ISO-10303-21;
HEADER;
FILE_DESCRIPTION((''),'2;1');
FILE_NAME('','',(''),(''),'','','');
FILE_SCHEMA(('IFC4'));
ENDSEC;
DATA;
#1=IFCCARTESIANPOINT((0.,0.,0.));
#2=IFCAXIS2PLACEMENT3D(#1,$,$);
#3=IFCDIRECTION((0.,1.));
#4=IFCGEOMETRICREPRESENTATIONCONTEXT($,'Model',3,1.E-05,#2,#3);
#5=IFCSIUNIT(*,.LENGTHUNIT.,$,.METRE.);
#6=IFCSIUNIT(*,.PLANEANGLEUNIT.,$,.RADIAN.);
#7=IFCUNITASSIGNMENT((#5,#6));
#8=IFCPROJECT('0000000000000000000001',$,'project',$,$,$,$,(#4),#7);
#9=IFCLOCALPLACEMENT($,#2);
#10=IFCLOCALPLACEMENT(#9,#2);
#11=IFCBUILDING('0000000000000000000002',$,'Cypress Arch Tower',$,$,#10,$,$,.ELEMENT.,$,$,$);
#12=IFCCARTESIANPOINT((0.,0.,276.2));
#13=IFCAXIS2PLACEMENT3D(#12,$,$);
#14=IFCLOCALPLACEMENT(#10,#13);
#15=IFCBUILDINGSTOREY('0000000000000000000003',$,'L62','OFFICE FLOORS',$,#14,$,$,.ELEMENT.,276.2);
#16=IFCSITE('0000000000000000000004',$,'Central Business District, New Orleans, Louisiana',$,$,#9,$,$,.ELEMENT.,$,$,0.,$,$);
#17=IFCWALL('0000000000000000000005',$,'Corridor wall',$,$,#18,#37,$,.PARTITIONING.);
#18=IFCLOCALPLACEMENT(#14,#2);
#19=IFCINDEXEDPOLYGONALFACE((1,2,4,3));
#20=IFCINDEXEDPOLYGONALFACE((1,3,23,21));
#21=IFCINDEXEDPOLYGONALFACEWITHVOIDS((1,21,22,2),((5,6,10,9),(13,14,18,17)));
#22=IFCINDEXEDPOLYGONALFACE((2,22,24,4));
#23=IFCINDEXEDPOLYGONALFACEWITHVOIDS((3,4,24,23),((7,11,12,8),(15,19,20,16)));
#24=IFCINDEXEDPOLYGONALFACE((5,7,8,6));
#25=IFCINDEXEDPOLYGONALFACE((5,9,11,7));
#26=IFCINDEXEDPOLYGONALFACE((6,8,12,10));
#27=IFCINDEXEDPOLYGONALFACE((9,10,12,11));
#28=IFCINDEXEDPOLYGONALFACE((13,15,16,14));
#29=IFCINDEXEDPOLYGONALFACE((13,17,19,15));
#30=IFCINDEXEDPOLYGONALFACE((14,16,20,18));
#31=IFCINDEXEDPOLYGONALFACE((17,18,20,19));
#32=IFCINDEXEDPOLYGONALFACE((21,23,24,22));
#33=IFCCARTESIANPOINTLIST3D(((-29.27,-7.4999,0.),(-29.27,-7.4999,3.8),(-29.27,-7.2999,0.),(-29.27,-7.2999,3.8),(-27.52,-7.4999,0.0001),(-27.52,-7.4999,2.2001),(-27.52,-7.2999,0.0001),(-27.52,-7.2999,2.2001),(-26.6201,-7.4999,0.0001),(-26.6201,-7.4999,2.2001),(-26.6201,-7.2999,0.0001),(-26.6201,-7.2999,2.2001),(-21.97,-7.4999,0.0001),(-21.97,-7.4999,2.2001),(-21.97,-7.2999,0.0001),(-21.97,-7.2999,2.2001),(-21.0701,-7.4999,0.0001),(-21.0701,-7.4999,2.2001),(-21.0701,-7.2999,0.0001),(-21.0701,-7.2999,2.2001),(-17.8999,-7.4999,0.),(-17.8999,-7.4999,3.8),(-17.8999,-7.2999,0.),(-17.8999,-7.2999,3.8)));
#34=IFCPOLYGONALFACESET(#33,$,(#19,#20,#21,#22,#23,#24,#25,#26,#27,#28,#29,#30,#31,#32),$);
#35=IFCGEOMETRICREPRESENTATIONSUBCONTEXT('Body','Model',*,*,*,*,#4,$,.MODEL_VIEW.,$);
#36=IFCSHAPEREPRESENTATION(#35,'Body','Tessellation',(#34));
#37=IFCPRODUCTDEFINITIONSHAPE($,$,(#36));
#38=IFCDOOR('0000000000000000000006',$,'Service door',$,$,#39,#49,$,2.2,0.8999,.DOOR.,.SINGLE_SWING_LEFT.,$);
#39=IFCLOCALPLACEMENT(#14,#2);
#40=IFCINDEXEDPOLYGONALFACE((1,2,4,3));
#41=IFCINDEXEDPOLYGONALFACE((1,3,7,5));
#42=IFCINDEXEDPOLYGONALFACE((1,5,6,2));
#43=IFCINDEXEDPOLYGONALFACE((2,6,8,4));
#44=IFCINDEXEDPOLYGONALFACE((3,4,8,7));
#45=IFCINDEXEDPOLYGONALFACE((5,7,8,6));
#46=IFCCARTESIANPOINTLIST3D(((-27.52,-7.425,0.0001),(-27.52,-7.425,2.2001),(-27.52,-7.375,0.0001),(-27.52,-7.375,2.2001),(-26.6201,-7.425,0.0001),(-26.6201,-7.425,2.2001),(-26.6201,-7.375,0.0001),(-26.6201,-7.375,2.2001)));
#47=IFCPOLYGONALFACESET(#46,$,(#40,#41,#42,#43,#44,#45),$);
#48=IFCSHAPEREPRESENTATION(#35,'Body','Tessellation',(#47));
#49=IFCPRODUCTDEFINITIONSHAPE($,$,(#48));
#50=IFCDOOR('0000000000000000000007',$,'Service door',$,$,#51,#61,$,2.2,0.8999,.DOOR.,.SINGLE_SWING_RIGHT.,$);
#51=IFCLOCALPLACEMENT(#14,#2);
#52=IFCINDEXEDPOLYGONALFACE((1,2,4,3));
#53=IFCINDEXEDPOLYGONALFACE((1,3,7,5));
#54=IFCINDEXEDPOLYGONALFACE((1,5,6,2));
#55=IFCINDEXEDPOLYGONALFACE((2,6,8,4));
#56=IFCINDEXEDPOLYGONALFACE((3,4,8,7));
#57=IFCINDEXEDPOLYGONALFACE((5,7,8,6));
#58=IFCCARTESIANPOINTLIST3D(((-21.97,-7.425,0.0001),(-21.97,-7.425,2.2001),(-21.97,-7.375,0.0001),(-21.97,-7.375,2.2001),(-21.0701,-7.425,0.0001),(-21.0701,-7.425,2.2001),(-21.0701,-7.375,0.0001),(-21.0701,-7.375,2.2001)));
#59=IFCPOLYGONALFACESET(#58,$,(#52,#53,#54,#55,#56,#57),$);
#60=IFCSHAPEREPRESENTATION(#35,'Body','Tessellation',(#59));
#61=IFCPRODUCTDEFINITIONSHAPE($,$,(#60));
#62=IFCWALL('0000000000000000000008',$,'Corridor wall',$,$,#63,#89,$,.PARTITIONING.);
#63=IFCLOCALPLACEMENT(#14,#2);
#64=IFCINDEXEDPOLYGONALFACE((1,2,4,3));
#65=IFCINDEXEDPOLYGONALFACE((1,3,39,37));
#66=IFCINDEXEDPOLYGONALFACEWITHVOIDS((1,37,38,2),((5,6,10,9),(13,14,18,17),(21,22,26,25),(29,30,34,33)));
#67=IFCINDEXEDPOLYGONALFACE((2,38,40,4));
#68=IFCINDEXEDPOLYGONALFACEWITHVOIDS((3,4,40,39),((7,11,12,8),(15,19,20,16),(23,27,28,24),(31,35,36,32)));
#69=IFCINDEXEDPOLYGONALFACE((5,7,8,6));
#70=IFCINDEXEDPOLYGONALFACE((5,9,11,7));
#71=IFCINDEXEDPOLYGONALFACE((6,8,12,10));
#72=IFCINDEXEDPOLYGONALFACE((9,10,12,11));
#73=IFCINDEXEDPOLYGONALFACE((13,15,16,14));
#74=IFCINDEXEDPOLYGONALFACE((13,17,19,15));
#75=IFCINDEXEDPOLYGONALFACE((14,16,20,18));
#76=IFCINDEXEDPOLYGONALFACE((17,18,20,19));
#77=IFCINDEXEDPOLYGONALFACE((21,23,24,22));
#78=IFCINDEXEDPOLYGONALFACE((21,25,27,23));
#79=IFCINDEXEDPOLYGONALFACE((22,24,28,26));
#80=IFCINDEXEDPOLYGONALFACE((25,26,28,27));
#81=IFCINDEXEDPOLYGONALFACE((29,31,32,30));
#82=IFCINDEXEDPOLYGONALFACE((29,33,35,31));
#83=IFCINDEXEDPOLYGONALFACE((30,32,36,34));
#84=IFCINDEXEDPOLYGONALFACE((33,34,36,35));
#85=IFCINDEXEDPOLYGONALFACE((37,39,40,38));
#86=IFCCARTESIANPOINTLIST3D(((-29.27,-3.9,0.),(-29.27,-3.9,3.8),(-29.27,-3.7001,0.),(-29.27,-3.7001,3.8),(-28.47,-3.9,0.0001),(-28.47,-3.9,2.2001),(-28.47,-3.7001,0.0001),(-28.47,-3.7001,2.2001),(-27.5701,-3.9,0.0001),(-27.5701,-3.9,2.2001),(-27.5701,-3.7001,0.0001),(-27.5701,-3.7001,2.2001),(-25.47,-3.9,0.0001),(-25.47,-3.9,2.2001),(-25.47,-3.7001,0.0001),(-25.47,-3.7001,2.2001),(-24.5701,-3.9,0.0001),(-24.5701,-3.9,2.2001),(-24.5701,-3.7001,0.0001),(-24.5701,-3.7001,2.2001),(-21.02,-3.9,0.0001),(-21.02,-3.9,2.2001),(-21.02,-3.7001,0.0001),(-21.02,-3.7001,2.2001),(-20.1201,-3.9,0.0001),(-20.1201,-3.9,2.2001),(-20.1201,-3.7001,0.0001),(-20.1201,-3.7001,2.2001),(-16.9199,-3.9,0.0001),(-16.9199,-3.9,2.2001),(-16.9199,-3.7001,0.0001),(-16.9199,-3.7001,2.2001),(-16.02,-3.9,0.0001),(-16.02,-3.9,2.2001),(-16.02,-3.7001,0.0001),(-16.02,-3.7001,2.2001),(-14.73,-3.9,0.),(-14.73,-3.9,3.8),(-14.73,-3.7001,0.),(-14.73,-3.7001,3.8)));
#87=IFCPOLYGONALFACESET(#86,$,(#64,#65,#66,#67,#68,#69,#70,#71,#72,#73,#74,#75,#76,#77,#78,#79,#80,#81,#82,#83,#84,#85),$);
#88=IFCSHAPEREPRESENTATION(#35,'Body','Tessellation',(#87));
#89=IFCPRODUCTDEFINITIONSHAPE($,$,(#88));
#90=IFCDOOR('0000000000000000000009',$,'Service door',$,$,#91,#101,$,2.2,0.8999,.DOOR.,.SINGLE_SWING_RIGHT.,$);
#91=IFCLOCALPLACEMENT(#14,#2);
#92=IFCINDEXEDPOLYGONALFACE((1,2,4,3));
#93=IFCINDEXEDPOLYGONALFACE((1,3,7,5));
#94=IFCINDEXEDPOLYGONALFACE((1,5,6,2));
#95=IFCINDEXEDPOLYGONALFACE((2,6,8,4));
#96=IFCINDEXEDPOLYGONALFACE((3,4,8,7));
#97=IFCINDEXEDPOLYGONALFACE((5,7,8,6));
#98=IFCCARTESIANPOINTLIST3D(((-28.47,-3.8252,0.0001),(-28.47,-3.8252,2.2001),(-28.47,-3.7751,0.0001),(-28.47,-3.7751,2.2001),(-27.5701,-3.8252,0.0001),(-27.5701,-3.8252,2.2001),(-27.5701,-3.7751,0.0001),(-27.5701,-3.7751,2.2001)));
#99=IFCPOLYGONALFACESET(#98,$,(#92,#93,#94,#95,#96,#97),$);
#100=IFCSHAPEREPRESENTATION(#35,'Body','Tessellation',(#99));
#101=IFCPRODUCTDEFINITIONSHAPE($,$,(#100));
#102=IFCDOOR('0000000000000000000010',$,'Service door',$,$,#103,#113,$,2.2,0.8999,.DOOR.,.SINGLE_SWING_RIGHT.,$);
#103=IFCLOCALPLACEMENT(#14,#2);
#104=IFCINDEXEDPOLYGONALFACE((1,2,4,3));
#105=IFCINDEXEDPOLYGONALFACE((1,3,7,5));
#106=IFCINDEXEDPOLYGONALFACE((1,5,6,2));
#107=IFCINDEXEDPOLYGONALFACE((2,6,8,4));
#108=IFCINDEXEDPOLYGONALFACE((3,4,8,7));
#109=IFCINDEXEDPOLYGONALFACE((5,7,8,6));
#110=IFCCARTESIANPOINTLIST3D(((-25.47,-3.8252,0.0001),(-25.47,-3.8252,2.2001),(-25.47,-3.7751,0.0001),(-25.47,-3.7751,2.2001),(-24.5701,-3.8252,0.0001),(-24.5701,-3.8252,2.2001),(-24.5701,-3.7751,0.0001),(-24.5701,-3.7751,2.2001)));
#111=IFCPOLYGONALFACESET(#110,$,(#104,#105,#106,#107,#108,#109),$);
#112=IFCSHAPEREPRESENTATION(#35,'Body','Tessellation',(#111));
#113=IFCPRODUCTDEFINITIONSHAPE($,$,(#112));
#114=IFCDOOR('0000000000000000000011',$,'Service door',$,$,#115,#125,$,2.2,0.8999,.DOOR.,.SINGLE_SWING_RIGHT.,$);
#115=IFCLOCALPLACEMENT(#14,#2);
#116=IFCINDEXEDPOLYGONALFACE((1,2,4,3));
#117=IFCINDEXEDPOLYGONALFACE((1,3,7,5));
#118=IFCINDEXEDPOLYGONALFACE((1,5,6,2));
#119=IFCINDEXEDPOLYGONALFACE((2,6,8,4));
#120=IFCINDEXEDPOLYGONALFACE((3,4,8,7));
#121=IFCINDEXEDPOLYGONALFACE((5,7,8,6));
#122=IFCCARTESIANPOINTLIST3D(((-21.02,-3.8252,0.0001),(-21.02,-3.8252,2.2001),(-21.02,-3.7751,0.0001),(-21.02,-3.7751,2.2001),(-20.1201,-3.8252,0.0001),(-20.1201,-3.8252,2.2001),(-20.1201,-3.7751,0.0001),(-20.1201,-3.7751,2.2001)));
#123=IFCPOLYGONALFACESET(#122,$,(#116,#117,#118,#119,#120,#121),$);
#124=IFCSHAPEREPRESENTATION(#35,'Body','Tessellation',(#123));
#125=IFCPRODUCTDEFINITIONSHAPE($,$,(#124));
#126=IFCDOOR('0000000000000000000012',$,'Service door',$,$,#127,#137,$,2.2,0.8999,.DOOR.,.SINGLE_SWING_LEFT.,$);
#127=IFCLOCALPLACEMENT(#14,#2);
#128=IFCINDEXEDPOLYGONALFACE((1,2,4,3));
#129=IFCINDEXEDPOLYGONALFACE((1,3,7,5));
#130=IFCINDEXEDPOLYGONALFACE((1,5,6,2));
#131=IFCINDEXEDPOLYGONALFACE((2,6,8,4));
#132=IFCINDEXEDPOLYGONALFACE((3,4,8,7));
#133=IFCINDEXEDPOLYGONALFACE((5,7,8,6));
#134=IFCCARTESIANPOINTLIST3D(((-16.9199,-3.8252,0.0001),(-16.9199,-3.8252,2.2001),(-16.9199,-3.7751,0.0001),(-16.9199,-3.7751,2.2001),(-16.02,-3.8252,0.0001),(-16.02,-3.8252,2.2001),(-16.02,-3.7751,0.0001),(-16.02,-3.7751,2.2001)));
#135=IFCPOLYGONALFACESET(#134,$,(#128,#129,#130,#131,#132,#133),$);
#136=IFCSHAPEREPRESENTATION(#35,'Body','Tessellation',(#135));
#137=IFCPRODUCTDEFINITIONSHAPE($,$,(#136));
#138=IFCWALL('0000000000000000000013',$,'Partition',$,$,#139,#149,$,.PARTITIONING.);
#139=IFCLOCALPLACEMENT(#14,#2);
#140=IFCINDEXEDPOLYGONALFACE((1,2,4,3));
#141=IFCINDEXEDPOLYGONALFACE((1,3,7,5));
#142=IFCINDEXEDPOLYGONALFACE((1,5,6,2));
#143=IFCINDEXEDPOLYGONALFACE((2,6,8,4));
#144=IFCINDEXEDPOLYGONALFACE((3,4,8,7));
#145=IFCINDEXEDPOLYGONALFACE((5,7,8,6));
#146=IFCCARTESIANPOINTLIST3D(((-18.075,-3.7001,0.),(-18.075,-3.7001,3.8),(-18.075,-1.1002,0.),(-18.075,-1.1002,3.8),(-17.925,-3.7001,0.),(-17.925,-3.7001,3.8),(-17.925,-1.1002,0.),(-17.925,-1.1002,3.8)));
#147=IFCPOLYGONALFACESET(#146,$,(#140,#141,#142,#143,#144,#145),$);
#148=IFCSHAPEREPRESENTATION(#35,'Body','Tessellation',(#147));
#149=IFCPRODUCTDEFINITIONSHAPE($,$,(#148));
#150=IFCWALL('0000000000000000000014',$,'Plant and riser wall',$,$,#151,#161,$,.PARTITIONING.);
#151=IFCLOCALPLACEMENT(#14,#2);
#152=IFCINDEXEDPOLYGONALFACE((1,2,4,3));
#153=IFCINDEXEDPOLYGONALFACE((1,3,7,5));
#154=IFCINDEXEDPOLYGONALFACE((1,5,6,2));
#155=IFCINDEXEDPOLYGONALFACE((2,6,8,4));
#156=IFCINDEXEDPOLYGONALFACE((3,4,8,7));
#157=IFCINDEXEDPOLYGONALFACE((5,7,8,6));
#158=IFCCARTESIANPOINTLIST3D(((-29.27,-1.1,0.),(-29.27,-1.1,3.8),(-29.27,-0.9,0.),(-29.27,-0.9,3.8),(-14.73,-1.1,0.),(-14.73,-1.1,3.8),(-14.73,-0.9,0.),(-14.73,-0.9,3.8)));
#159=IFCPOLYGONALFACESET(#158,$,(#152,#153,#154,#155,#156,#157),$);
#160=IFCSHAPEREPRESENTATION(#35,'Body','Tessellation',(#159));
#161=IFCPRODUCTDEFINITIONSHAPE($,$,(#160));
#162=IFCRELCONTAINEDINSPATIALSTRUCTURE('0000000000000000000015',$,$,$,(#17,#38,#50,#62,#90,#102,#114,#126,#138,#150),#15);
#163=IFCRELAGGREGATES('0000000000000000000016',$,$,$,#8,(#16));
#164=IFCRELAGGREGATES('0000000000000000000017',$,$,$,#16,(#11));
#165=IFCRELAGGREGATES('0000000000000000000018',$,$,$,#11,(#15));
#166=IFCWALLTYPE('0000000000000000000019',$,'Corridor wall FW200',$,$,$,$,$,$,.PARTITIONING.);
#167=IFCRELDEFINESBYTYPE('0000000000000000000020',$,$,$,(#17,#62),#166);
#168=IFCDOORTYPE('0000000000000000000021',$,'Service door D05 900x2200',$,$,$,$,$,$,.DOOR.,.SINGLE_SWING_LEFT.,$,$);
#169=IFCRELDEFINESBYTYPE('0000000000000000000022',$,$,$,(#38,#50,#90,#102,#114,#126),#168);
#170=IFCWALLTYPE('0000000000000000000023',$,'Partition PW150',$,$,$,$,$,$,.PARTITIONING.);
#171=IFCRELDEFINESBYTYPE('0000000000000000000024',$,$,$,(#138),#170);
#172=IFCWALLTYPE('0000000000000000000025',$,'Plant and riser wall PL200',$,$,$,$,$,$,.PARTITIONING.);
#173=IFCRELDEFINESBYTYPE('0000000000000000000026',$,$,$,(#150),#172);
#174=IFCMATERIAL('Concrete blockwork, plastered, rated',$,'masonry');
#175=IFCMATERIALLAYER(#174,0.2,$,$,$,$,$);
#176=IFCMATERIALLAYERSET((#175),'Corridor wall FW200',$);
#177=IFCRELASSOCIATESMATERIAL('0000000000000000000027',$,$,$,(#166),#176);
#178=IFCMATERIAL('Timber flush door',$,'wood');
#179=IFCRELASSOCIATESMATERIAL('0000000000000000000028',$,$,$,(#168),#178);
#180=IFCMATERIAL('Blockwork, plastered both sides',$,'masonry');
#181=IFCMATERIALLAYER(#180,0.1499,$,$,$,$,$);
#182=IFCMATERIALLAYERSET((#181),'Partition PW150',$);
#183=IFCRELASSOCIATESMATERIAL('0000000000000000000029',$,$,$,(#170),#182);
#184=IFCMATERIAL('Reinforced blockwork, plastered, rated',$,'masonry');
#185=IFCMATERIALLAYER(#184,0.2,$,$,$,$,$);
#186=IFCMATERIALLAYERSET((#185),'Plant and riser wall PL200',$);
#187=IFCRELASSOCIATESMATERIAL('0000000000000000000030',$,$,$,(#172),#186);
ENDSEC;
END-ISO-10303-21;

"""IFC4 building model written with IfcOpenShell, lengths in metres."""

from ifc_helpers import new_model, si_unit, direction, frame, frame_2d, origin, place, context, subcontext, project, spatial, rectangle, extrude, material, layer, layer_set, type_object, element, fill, save


model = new_model("IFC4")

# Units and contexts
model_context = context("Model", 3, precision=1e-05, world=origin(), true_north=direction((0.0, 1.0)))
body_context = subcontext(model_context, "Body", "Model", "MODEL_VIEW")
ifc_project = project(units=[si_unit("LENGTHUNIT", "METRE"), si_unit("PLANEANGLEUNIT", "RADIAN")], contexts=[model_context])

# Site, building, storey
site_placement = place(None, origin())
site = spatial("IfcSite", under=ifc_project, at=site_placement, Name="Central Business District, New Orleans, Louisiana", CompositionType="ELEMENT", RefElevation=0.0)
building_placement = place(site_placement, origin())
building = spatial("IfcBuilding", under=site, at=building_placement, Name="Cypress Arch Tower", CompositionType="ELEMENT")
storey_placement = place(building_placement, frame((0.0, 0.0, 276.2)))
storey = spatial("IfcBuildingStorey", under=building, at=storey_placement, Name="L62", Description="OFFICE FLOORS", CompositionType="ELEMENT", Elevation=276.2)

# Walls, openings, doors
ifc_material_1 = material(Name="Concrete blockwork, plastered, rated", Category="masonry")
ifc_layer_1 = layer(ifc_material_1, 0.2)
ifc_layer_set_1 = layer_set([ifc_layer_1], Name="Corridor wall FW200")
wall_type_1 = type_object("IfcWallType", Name="Corridor wall FW200", PredefinedType="PARTITIONING", material=ifc_layer_set_1)
wall_1_placement = place(storey_placement, frame((-29.27, -7.3999, 0.0), z_axis=(0.0, 0.0, 1.0), x_axis=(1.0, 0.0, 0.0)))
wall_1 = element("IfcWall", 1, at=wall_1_placement, inside=storey, type_object=wall_type_1, Name="Corridor wall", PredefinedType="PARTITIONING", context=body_context, shape_type="SweptSolid", body=[
    extrude(rectangle(XDim=11.3701, YDim=0.2, at=frame_2d((5.6851, 0.0))), origin(), (0.0, 0.0, 1.0), 3.8),
])
opening_1_placement = place(wall_1_placement, frame((1.75, 0.0, 0.0)))
opening_1 = element("IfcOpeningElement", 2, at=opening_1_placement, cuts=wall_1, PredefinedType="OPENING", context=body_context, shape_type="SweptSolid", body=[
    extrude(rectangle(XDim=0.8999, YDim=2.2, at=frame_2d((0.45, 1.1001))), frame((0.0, 0.1099, 0.0), z_axis=(0.0, -1.0, 0.0), x_axis=(1.0, 0.0, 0.0)), (0.0, 0.0, 1.0), 0.22),
])
opening_2_placement = place(wall_1_placement, frame((7.3, 0.0, 0.0)))
opening_2 = element("IfcOpeningElement", 3, at=opening_2_placement, cuts=wall_1, PredefinedType="OPENING", context=body_context, shape_type="SweptSolid", body=[
    extrude(rectangle(XDim=0.8999, YDim=2.2, at=frame_2d((0.45, 1.1001))), frame((0.0, 0.1099, 0.0), z_axis=(0.0, -1.0, 0.0), x_axis=(1.0, 0.0, 0.0)), (0.0, 0.0, 1.0), 0.22),
])
ifc_material_2 = material(Name="Timber flush door", Category="wood")
door_type = type_object("IfcDoorType", Name="Service door D05 900x2200", OperationType="SINGLE_SWING_LEFT", PredefinedType="DOOR", material=ifc_material_2)
door_1_placement = place(opening_1_placement, origin())
door_1 = element("IfcDoor", 4, at=door_1_placement, inside=storey, type_object=door_type, Name="Service door", OperationType="SINGLE_SWING_LEFT", OverallHeight=2.2, OverallWidth=0.8999, PredefinedType="DOOR", context=body_context, shape_type="SweptSolid", body=[
    extrude(rectangle(XDim=0.8999, YDim=2.2, at=frame_2d((0.45, 1.1001))), frame((0.0, 0.0249, 0.0), z_axis=(0.0, -1.0, 0.0), x_axis=(1.0, 0.0, 0.0)), (0.0, 0.0, 1.0), 0.05),
])
fill(opening_1, door_1)
door_2_placement = place(opening_2_placement, origin())
door_2 = element("IfcDoor", 5, at=door_2_placement, inside=storey, type_object=door_type, Name="Service door", OperationType="SINGLE_SWING_RIGHT", OverallHeight=2.2, OverallWidth=0.8999, PredefinedType="DOOR", context=body_context, shape_type="SweptSolid", body=[
    extrude(rectangle(XDim=0.8999, YDim=2.2, at=frame_2d((0.45, 1.1001))), frame((0.0, 0.0249, 0.0), z_axis=(0.0, -1.0, 0.0), x_axis=(1.0, 0.0, 0.0)), (0.0, 0.0, 1.0), 0.05),
])
fill(opening_2, door_2)
wall_2_placement = place(storey_placement, frame((-29.27, -3.8, 0.0), z_axis=(0.0, 0.0, 1.0), x_axis=(1.0, 0.0, 0.0)))
wall_2 = element("IfcWall", 6, at=wall_2_placement, inside=storey, type_object=wall_type_1, Name="Corridor wall", PredefinedType="PARTITIONING", context=body_context, shape_type="SweptSolid", body=[
    extrude(rectangle(XDim=14.54, YDim=0.2, at=frame_2d((7.27, 0.0))), origin(), (0.0, 0.0, 1.0), 3.8),
])
opening_3_placement = place(wall_2_placement, frame((0.8, 0.0, 0.0)))
opening_3 = element("IfcOpeningElement", 7, at=opening_3_placement, cuts=wall_2, PredefinedType="OPENING", context=body_context, shape_type="SweptSolid", body=[
    extrude(rectangle(XDim=0.8999, YDim=2.2, at=frame_2d((0.45, 1.1001))), frame((0.0, 0.1099, 0.0), z_axis=(0.0, -1.0, 0.0), x_axis=(1.0, 0.0, 0.0)), (0.0, 0.0, 1.0), 0.22),
])
opening_4_placement = place(wall_2_placement, frame((3.8, 0.0, 0.0)))
opening_4 = element("IfcOpeningElement", 8, at=opening_4_placement, cuts=wall_2, PredefinedType="OPENING", context=body_context, shape_type="SweptSolid", body=[
    extrude(rectangle(XDim=0.8999, YDim=2.2, at=frame_2d((0.45, 1.1001))), frame((0.0, 0.1099, 0.0), z_axis=(0.0, -1.0, 0.0), x_axis=(1.0, 0.0, 0.0)), (0.0, 0.0, 1.0), 0.22),
])
opening_5_placement = place(wall_2_placement, frame((8.25, 0.0, 0.0)))
opening_5 = element("IfcOpeningElement", 9, at=opening_5_placement, cuts=wall_2, PredefinedType="OPENING", context=body_context, shape_type="SweptSolid", body=[
    extrude(rectangle(XDim=0.8999, YDim=2.2, at=frame_2d((0.45, 1.1001))), frame((0.0, 0.1099, 0.0), z_axis=(0.0, -1.0, 0.0), x_axis=(1.0, 0.0, 0.0)), (0.0, 0.0, 1.0), 0.22),
])
opening_6_placement = place(wall_2_placement, frame((12.3501, 0.0, 0.0)))
opening_6 = element("IfcOpeningElement", 10, at=opening_6_placement, cuts=wall_2, PredefinedType="OPENING", context=body_context, shape_type="SweptSolid", body=[
    extrude(rectangle(XDim=0.8999, YDim=2.2, at=frame_2d((0.45, 1.1001))), frame((0.0, 0.1099, 0.0), z_axis=(0.0, -1.0, 0.0), x_axis=(1.0, 0.0, 0.0)), (0.0, 0.0, 1.0), 0.22),
])
door_3_placement = place(opening_3_placement, origin())
door_3 = element("IfcDoor", 11, at=door_3_placement, inside=storey, type_object=door_type, Name="Service door", OperationType="SINGLE_SWING_RIGHT", OverallHeight=2.2, OverallWidth=0.8999, PredefinedType="DOOR", context=body_context, shape_type="SweptSolid", body=[
    extrude(rectangle(XDim=0.8999, YDim=2.2, at=frame_2d((0.45, 1.1001))), frame((0.0, 0.0249, 0.0), z_axis=(0.0, -1.0, 0.0), x_axis=(1.0, 0.0, 0.0)), (0.0, 0.0, 1.0), 0.05),
])
fill(opening_3, door_3)
door_4_placement = place(opening_4_placement, origin())
door_4 = element("IfcDoor", 12, at=door_4_placement, inside=storey, type_object=door_type, Name="Service door", OperationType="SINGLE_SWING_RIGHT", OverallHeight=2.2, OverallWidth=0.8999, PredefinedType="DOOR", context=body_context, shape_type="SweptSolid", body=[
    extrude(rectangle(XDim=0.8999, YDim=2.2, at=frame_2d((0.45, 1.1001))), frame((0.0, 0.0249, 0.0), z_axis=(0.0, -1.0, 0.0), x_axis=(1.0, 0.0, 0.0)), (0.0, 0.0, 1.0), 0.05),
])
fill(opening_4, door_4)
door_5_placement = place(opening_5_placement, origin())
door_5 = element("IfcDoor", 13, at=door_5_placement, inside=storey, type_object=door_type, Name="Service door", OperationType="SINGLE_SWING_RIGHT", OverallHeight=2.2, OverallWidth=0.8999, PredefinedType="DOOR", context=body_context, shape_type="SweptSolid", body=[
    extrude(rectangle(XDim=0.8999, YDim=2.2, at=frame_2d((0.45, 1.1001))), frame((0.0, 0.0249, 0.0), z_axis=(0.0, -1.0, 0.0), x_axis=(1.0, 0.0, 0.0)), (0.0, 0.0, 1.0), 0.05),
])
fill(opening_5, door_5)
door_6_placement = place(opening_6_placement, origin())
door_6 = element("IfcDoor", 14, at=door_6_placement, inside=storey, type_object=door_type, Name="Service door", OperationType="SINGLE_SWING_LEFT", OverallHeight=2.2, OverallWidth=0.8999, PredefinedType="DOOR", context=body_context, shape_type="SweptSolid", body=[
    extrude(rectangle(XDim=0.8999, YDim=2.2, at=frame_2d((0.45, 1.1001))), frame((0.0, 0.0249, 0.0), z_axis=(0.0, -1.0, 0.0), x_axis=(1.0, 0.0, 0.0)), (0.0, 0.0, 1.0), 0.05),
])
fill(opening_6, door_6)

# Walls
ifc_material_3 = material(Name="Blockwork, plastered both sides", Category="masonry")
ifc_layer_2 = layer(ifc_material_3, 0.1499)
ifc_layer_set_2 = layer_set([ifc_layer_2], Name="Partition PW150")
wall_type_2 = type_object("IfcWallType", Name="Partition PW150", PredefinedType="PARTITIONING", material=ifc_layer_set_2)
wall_3_placement = place(storey_placement, frame((-18.0, -3.7, 0.0), z_axis=(0.0, 0.0, 1.0), x_axis=(0.0, 1.0, 0.0)))
element("IfcWall", 15, at=wall_3_placement, inside=storey, type_object=wall_type_2, Name="Partition", PredefinedType="PARTITIONING", context=body_context, shape_type="SweptSolid", body=[
    extrude(rectangle(XDim=2.5999, YDim=0.1499, at=frame_2d((1.2998, 0.0))), origin(), (0.0, 0.0, 1.0), 3.8),
])
ifc_material_4 = material(Name="Reinforced blockwork, plastered, rated", Category="masonry")
ifc_layer_3 = layer(ifc_material_4, 0.2)
ifc_layer_set_3 = layer_set([ifc_layer_3], Name="Plant and riser wall PL200")
wall_type_3 = type_object("IfcWallType", Name="Plant and riser wall PL200", PredefinedType="PARTITIONING", material=ifc_layer_set_3)
wall_4_placement = place(storey_placement, frame((-29.27, -1.0, 0.0), z_axis=(0.0, 0.0, 1.0), x_axis=(1.0, 0.0, 0.0)))
element("IfcWall", 16, at=wall_4_placement, inside=storey, type_object=wall_type_3, Name="Plant and riser wall", PredefinedType="PARTITIONING", context=body_context, shape_type="SweptSolid", body=[
    extrude(rectangle(XDim=14.54, YDim=0.2, at=frame_2d((7.27, 0.0))), origin(), (0.0, 0.0, 1.0), 3.8),
])

save(model, "model.ifc")
